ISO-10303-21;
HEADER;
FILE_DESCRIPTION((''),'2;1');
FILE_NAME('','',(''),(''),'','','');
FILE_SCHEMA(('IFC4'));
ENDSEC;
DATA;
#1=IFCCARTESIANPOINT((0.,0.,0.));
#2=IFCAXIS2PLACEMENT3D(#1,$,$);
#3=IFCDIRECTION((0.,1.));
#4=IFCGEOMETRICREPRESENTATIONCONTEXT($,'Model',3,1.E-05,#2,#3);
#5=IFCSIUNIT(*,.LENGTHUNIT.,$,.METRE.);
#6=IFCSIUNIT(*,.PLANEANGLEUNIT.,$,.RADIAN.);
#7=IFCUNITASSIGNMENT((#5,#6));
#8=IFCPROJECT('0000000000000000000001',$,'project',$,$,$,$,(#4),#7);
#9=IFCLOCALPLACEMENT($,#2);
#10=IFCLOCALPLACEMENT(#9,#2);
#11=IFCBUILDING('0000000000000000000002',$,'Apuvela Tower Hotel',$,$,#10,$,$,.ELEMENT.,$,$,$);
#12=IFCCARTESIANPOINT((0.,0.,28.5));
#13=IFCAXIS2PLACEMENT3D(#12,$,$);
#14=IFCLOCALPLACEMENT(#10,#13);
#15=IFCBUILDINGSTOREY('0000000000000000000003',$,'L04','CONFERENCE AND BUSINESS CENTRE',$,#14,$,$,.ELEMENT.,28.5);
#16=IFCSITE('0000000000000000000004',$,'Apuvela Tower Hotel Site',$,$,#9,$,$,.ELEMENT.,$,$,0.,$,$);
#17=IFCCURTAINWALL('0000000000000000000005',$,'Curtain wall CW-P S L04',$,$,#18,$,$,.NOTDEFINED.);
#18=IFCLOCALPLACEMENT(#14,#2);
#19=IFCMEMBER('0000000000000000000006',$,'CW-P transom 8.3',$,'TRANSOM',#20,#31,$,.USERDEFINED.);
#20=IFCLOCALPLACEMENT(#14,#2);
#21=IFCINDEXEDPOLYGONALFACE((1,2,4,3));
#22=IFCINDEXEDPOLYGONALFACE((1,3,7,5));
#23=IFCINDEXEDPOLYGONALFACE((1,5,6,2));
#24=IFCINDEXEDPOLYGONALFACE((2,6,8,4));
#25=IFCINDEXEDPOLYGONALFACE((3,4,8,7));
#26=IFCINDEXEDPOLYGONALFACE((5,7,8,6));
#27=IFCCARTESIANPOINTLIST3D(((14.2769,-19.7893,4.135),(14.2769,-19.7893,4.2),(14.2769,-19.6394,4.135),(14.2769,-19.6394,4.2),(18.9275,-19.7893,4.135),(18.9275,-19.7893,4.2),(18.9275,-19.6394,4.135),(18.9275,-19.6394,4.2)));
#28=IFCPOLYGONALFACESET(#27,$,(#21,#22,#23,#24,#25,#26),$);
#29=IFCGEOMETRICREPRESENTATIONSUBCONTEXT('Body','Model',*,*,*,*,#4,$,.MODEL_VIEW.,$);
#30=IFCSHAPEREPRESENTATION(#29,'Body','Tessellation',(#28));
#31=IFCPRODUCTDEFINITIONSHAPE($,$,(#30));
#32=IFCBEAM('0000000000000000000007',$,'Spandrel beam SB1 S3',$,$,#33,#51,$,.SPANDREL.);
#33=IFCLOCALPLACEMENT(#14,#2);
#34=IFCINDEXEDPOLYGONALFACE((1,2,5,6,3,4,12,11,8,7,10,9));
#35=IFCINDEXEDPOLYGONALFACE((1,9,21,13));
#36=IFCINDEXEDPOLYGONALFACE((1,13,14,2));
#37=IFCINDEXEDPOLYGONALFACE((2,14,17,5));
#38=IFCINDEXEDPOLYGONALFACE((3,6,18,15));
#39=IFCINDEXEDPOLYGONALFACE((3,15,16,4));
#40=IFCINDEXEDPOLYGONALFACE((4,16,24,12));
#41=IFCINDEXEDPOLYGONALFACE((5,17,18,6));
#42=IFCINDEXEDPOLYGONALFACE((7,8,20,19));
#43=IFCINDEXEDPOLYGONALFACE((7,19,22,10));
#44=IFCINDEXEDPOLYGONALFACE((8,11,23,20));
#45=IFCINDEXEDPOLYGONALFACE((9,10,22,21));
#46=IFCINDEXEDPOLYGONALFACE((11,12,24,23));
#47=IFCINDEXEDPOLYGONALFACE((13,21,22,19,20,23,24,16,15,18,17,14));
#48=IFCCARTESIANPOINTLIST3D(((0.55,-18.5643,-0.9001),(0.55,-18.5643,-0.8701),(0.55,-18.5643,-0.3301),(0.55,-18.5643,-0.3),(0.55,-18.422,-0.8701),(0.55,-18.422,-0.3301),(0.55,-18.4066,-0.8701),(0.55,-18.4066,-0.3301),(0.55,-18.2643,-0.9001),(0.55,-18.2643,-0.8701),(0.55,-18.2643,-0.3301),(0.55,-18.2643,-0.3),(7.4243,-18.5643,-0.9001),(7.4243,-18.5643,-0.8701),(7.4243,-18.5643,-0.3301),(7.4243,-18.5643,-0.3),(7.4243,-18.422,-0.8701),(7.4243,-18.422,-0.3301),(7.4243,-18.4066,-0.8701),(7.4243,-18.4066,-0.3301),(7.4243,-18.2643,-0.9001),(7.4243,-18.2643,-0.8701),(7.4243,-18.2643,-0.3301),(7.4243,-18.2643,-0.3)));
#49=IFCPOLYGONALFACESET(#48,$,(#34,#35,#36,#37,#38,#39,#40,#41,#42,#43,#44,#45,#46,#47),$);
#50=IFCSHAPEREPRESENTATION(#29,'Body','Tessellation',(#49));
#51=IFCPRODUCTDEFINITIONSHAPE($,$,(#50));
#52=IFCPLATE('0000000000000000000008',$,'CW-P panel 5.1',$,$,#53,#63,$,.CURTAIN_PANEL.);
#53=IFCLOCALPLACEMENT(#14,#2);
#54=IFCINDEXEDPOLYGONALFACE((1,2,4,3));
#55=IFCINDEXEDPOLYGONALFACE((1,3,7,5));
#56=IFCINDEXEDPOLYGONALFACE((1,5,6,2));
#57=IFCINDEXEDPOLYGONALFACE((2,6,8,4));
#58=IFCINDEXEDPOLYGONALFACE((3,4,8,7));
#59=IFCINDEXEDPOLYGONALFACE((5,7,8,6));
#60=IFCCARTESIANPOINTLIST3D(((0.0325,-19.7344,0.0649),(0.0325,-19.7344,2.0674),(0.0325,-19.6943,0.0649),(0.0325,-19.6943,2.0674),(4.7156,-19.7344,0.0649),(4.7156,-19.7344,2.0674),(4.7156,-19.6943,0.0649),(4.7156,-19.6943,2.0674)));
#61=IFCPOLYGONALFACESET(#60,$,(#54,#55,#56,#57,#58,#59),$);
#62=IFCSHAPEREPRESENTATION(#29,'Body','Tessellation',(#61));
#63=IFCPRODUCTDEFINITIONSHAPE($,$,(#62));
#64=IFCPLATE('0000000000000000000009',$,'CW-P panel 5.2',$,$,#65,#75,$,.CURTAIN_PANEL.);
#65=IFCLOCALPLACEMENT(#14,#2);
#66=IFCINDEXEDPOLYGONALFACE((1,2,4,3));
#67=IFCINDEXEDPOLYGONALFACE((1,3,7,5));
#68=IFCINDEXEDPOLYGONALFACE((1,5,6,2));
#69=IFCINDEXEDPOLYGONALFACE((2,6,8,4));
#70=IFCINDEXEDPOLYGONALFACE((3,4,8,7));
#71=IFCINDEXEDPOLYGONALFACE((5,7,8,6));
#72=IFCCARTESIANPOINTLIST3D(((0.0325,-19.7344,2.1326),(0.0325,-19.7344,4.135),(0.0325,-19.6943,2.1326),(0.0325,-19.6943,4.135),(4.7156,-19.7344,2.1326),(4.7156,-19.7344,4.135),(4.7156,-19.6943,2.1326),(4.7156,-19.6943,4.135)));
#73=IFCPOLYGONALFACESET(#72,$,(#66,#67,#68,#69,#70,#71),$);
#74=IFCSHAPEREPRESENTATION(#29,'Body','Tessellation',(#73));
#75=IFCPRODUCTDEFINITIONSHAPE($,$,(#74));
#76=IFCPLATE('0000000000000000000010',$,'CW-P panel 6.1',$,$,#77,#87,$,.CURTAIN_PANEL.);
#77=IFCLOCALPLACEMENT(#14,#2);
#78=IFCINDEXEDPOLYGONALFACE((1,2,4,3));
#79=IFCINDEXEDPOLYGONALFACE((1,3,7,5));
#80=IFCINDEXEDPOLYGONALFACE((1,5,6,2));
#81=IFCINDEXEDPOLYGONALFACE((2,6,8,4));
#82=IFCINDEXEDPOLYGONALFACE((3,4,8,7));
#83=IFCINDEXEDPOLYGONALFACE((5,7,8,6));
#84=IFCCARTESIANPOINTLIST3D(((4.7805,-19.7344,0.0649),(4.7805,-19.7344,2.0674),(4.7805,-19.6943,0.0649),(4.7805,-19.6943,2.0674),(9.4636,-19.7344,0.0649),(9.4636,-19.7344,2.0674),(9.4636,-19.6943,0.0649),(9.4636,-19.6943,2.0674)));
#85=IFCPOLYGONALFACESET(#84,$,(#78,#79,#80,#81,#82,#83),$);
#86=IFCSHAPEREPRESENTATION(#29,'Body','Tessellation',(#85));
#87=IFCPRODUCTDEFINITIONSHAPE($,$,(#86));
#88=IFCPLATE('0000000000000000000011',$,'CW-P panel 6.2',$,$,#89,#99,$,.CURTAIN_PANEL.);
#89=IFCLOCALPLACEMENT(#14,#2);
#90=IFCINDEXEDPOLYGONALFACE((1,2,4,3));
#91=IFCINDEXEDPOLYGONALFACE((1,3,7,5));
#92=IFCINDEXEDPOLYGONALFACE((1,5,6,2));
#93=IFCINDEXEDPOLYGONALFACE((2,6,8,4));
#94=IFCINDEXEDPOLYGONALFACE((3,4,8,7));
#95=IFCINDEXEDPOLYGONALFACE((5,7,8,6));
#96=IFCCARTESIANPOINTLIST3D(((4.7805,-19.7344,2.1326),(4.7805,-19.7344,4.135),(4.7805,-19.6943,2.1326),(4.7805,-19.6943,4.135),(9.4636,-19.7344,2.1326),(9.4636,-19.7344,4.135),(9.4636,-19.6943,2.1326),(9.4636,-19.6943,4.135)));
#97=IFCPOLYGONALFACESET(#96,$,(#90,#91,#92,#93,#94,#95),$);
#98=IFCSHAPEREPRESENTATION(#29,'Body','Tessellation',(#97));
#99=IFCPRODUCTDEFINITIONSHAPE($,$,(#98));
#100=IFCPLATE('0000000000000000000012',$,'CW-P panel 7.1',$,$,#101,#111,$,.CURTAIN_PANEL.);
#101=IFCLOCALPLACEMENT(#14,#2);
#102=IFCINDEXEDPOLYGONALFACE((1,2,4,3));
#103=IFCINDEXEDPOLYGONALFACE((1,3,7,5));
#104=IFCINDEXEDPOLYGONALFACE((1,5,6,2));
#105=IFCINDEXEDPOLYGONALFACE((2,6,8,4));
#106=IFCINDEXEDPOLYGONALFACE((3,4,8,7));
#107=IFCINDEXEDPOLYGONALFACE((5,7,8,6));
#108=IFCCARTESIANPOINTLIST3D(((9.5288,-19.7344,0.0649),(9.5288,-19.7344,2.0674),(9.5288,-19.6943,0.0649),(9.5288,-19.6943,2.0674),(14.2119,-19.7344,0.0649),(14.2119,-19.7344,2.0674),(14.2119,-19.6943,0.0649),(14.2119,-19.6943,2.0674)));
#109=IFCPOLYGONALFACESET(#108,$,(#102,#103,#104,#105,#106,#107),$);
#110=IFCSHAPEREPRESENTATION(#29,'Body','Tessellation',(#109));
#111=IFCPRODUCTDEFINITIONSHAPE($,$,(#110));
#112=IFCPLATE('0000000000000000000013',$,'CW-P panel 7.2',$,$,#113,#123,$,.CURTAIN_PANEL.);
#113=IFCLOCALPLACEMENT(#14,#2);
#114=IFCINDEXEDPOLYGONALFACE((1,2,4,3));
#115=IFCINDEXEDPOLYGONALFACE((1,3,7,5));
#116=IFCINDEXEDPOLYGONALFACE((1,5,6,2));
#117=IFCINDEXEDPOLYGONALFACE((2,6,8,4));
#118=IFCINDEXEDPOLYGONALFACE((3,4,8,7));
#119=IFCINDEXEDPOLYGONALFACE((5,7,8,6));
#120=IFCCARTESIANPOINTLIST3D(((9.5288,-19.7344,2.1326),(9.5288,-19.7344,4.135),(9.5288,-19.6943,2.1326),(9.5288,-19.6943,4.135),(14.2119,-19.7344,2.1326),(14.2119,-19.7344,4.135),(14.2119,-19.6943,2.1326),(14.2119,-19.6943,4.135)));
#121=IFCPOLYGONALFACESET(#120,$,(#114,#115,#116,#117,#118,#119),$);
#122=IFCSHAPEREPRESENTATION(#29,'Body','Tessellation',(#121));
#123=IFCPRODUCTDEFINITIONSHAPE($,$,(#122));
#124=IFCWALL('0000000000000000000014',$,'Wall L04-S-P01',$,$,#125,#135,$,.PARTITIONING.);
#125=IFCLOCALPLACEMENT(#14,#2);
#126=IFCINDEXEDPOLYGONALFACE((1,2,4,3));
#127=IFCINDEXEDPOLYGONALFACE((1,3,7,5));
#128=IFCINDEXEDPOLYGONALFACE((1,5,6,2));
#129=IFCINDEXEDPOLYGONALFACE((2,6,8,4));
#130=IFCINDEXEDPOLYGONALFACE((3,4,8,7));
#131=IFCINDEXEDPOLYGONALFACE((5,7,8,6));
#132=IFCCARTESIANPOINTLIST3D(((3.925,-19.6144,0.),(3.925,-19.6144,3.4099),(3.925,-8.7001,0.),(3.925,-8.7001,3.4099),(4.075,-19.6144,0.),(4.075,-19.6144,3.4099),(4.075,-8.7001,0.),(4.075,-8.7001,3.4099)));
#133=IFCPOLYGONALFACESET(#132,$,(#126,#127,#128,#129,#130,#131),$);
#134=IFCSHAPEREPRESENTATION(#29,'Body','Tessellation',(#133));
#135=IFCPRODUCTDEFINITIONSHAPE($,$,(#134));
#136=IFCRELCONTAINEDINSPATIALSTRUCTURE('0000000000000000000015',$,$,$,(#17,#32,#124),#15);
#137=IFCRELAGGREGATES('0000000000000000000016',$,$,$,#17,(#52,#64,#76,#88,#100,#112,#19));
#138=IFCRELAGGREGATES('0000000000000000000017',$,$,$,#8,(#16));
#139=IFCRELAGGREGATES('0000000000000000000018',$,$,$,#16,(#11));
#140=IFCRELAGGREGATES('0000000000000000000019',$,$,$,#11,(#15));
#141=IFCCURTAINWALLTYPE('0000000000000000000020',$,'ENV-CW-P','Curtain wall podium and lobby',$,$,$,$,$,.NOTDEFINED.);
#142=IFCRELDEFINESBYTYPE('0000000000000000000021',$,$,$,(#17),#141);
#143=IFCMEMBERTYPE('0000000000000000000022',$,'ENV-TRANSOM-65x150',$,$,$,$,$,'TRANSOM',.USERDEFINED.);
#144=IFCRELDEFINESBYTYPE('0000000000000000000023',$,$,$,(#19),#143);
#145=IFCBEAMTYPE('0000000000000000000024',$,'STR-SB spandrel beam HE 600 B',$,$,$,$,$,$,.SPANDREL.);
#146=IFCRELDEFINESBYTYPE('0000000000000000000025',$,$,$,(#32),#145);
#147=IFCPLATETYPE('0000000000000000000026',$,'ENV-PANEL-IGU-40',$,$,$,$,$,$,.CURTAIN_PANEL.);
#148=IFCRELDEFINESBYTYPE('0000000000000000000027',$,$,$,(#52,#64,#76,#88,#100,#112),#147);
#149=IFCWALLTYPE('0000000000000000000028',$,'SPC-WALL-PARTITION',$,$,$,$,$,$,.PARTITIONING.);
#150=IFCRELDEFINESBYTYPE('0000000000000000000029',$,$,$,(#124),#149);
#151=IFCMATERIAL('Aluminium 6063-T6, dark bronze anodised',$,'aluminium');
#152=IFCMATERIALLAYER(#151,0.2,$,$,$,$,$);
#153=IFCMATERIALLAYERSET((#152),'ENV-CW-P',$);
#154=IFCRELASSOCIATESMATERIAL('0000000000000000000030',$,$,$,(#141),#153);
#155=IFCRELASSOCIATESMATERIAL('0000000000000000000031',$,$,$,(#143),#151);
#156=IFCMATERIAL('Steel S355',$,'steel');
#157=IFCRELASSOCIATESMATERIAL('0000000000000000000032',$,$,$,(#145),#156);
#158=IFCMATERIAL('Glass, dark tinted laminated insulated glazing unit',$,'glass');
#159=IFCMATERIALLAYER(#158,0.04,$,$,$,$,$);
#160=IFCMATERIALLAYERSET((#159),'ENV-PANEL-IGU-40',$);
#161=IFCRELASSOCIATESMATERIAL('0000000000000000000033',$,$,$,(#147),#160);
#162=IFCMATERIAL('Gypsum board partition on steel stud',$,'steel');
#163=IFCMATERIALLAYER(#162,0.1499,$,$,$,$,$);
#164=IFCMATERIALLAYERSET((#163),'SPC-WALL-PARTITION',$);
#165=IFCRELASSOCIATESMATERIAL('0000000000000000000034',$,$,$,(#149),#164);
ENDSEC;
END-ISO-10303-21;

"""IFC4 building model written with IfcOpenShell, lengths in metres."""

from ifc_helpers import new_model, si_unit, direction, frame, frame_2d, origin, origin_2d, place, context, subcontext, project, spatial, rectangle, i_section, extrude, material, layer, layer_set, material_profile, profile_set, type_object, element, aggregate, save


model = new_model("IFC4")

# Units and contexts
model_context = context("Model", 3, precision=1e-05, world=origin(), true_north=direction((0.0, 1.0)))
body_context = subcontext(model_context, "Body", "Model", "MODEL_VIEW")
ifc_project = project(units=[si_unit("LENGTHUNIT", "METRE"), si_unit("PLANEANGLEUNIT", "RADIAN")], contexts=[model_context])

# Site, building, storey
site_placement = place(None, origin())
site = spatial("IfcSite", under=ifc_project, at=site_placement, Name="Apuvela Tower Hotel Site", CompositionType="ELEMENT", RefElevation=0.0)
building_placement = place(site_placement, origin())
building = spatial("IfcBuilding", under=site, at=building_placement, Name="Apuvela Tower Hotel", CompositionType="ELEMENT")
storey_placement = place(building_placement, frame((0.0, 0.0, 28.5)))
storey = spatial("IfcBuildingStorey", under=building, at=storey_placement, Name="L04", Description="CONFERENCE AND BUSINESS CENTRE", CompositionType="ELEMENT", Elevation=28.5)

# Curtain wall, member
ifc_material_1 = material(Name="Aluminium 6063-T6, dark bronze anodised", Category="aluminium")
ifc_layer_1 = layer(ifc_material_1, 0.2)
ifc_layer_set_1 = layer_set([ifc_layer_1], Name="ENV-CW-P")
curtain_wall_type = type_object("IfcCurtainWallType", Name="ENV-CW-P", Description="Curtain wall podium and lobby", PredefinedType="NOTDEFINED", material=ifc_layer_set_1)
curtain_wall_placement = place(storey_placement, origin())
curtain_wall = element("IfcCurtainWall", 1, at=curtain_wall_placement, inside=storey, type_object=curtain_wall_type, Name="Curtain wall CW-P S L04", PredefinedType="NOTDEFINED")
ifc_material_profile_1 = material_profile(ifc_material_1, rectangle(XDim=0.1499, YDim=0.0649, at=origin_2d()), Name="AL 65x150 transom")
ifc_profile_set_1 = profile_set([ifc_material_profile_1], Name="Aluminium 6063-T6, dark bronze anodised")
member_type_1 = type_object("IfcMemberType", Name="ENV-TRANSOM-65x150", ElementType="TRANSOM", PredefinedType="USERDEFINED", material=ifc_profile_set_1)
member_1_placement = place(storey_placement, frame((14.2769, -19.7144, 4.1675), z_axis=(1.0, 0.0, 0.0), x_axis=(0.0, 1.0, 0.0)))
member_1 = element("IfcMember", 2, at=member_1_placement, type_object=member_type_1, Name="CW-P transom 8.3", ObjectType="TRANSOM", PredefinedType="USERDEFINED", context=body_context, shape_type="SweptSolid", body=[
    extrude(rectangle(XDim=0.1499, YDim=0.0649, at=origin_2d()), origin(), (0.0, 0.0, 1.0), 4.6506),
])

# Beam
ifc_material_2 = material(Name="Steel S355", Category="steel")
ifc_material_profile_2 = material_profile(ifc_material_2, i_section(OverallWidth=0.3, OverallDepth=0.6001, WebThickness=0.0154, FlangeThickness=0.03, at=origin_2d()), Name="HE 600 B")
ifc_profile_set_2 = profile_set([ifc_material_profile_2], Name="Steel S355")
beam_type = type_object("IfcBeamType", Name="STR-SB spandrel beam HE 600 B", PredefinedType="SPANDREL", material=ifc_profile_set_2)
beam_placement = place(storey_placement, frame((0.55, -18.4143, -0.6001), z_axis=(1.0, 0.0, 0.0), x_axis=(0.0, 1.0, 0.0)))
element("IfcBeam", 3, at=beam_placement, inside=storey, type_object=beam_type, Name="Spandrel beam SB1 S3", PredefinedType="SPANDREL", context=body_context, shape_type="SweptSolid", body=[
    extrude(i_section(OverallWidth=0.3, OverallDepth=0.6001, WebThickness=0.0154, FlangeThickness=0.03, at=origin_2d()), origin(), (0.0, 0.0, 1.0), 6.8743),
])

# Plates
ifc_material_3 = material(Name="Glass, dark tinted laminated insulated glazing unit", Category="glass")
ifc_layer_2 = layer(ifc_material_3, 0.04)
ifc_layer_set_2 = layer_set([ifc_layer_2], Name="ENV-PANEL-IGU-40")
plate_type = type_object("IfcPlateType", Name="ENV-PANEL-IGU-40", PredefinedType="CURTAIN_PANEL", material=ifc_layer_set_2)
plate_1_placement = place(storey_placement, frame((2.374, -19.7144, 0.0649), z_axis=(0.0, 0.0, 1.0), x_axis=(1.0, 0.0, 0.0)))
plate_1 = element("IfcPlate", 4, at=plate_1_placement, type_object=plate_type, Name="CW-P panel 5.1", PredefinedType="CURTAIN_PANEL", context=body_context, shape_type="SweptSolid", body=[
    extrude(rectangle(XDim=4.6831, YDim=0.04, at=origin_2d()), origin(), (0.0, 0.0, 1.0), 2.0024),
])
plate_2_placement = place(storey_placement, frame((2.374, -19.7144, 2.1326), z_axis=(0.0, 0.0, 1.0), x_axis=(1.0, 0.0, 0.0)))
plate_2 = element("IfcPlate", 5, at=plate_2_placement, type_object=plate_type, Name="CW-P panel 5.2", PredefinedType="CURTAIN_PANEL", context=body_context, shape_type="SweptSolid", body=[
    extrude(rectangle(XDim=4.6831, YDim=0.04, at=origin_2d()), origin(), (0.0, 0.0, 1.0), 2.0024),
])
plate_3_placement = place(storey_placement, frame((7.1221, -19.7144, 0.0649), z_axis=(0.0, 0.0, 1.0), x_axis=(1.0, 0.0, 0.0)))
plate_3 = element("IfcPlate", 6, at=plate_3_placement, type_object=plate_type, Name="CW-P panel 6.1", PredefinedType="CURTAIN_PANEL", context=body_context, shape_type="SweptSolid", body=[
    extrude(rectangle(XDim=4.6831, YDim=0.04, at=origin_2d()), origin(), (0.0, 0.0, 1.0), 2.0024),
])
plate_4_placement = place(storey_placement, frame((7.1221, -19.7144, 2.1326), z_axis=(0.0, 0.0, 1.0), x_axis=(1.0, 0.0, 0.0)))
plate_4 = element("IfcPlate", 7, at=plate_4_placement, type_object=plate_type, Name="CW-P panel 6.2", PredefinedType="CURTAIN_PANEL", context=body_context, shape_type="SweptSolid", body=[
    extrude(rectangle(XDim=4.6831, YDim=0.04, at=origin_2d()), origin(), (0.0, 0.0, 1.0), 2.0024),
])
plate_5_placement = place(storey_placement, frame((11.8704, -19.7144, 0.0649), z_axis=(0.0, 0.0, 1.0), x_axis=(1.0, 0.0, 0.0)))
plate_5 = element("IfcPlate", 8, at=plate_5_placement, type_object=plate_type, Name="CW-P panel 7.1", PredefinedType="CURTAIN_PANEL", context=body_context, shape_type="SweptSolid", body=[
    extrude(rectangle(XDim=4.6831, YDim=0.04, at=origin_2d()), origin(), (0.0, 0.0, 1.0), 2.0024),
])
plate_6_placement = place(storey_placement, frame((11.8704, -19.7144, 2.1326), z_axis=(0.0, 0.0, 1.0), x_axis=(1.0, 0.0, 0.0)))
plate_6 = element("IfcPlate", 9, at=plate_6_placement, type_object=plate_type, Name="CW-P panel 7.2", PredefinedType="CURTAIN_PANEL", context=body_context, shape_type="SweptSolid", body=[
    extrude(rectangle(XDim=4.6831, YDim=0.04, at=origin_2d()), origin(), (0.0, 0.0, 1.0), 2.0024),
])
aggregate(curtain_wall, [plate_1, plate_2, plate_3, plate_4, plate_5, plate_6, member_1])

# Wall
ifc_material_4 = material(Name="Gypsum board partition on steel stud", Category="steel")
ifc_layer_3 = layer(ifc_material_4, 0.1499)
ifc_layer_set_3 = layer_set([ifc_layer_3], Name="SPC-WALL-PARTITION")
wall_type = type_object("IfcWallType", Name="SPC-WALL-PARTITION", PredefinedType="PARTITIONING", material=ifc_layer_set_3)
wall_placement = place(storey_placement, frame((4.0, -19.6143, 0.0), z_axis=(0.0, 0.0, 1.0), x_axis=(0.0, 1.0, 0.0)))
element("IfcWall", 10, at=wall_placement, inside=storey, type_object=wall_type, Name="Wall L04-S-P01", PredefinedType="PARTITIONING", context=body_context, shape_type="SweptSolid", body=[
    extrude(rectangle(XDim=10.9143, YDim=0.1499, at=frame_2d((5.457, 0.0))), origin(), (0.0, 0.0, 1.0), 3.4099),
])

save(model, "model.ifc")
